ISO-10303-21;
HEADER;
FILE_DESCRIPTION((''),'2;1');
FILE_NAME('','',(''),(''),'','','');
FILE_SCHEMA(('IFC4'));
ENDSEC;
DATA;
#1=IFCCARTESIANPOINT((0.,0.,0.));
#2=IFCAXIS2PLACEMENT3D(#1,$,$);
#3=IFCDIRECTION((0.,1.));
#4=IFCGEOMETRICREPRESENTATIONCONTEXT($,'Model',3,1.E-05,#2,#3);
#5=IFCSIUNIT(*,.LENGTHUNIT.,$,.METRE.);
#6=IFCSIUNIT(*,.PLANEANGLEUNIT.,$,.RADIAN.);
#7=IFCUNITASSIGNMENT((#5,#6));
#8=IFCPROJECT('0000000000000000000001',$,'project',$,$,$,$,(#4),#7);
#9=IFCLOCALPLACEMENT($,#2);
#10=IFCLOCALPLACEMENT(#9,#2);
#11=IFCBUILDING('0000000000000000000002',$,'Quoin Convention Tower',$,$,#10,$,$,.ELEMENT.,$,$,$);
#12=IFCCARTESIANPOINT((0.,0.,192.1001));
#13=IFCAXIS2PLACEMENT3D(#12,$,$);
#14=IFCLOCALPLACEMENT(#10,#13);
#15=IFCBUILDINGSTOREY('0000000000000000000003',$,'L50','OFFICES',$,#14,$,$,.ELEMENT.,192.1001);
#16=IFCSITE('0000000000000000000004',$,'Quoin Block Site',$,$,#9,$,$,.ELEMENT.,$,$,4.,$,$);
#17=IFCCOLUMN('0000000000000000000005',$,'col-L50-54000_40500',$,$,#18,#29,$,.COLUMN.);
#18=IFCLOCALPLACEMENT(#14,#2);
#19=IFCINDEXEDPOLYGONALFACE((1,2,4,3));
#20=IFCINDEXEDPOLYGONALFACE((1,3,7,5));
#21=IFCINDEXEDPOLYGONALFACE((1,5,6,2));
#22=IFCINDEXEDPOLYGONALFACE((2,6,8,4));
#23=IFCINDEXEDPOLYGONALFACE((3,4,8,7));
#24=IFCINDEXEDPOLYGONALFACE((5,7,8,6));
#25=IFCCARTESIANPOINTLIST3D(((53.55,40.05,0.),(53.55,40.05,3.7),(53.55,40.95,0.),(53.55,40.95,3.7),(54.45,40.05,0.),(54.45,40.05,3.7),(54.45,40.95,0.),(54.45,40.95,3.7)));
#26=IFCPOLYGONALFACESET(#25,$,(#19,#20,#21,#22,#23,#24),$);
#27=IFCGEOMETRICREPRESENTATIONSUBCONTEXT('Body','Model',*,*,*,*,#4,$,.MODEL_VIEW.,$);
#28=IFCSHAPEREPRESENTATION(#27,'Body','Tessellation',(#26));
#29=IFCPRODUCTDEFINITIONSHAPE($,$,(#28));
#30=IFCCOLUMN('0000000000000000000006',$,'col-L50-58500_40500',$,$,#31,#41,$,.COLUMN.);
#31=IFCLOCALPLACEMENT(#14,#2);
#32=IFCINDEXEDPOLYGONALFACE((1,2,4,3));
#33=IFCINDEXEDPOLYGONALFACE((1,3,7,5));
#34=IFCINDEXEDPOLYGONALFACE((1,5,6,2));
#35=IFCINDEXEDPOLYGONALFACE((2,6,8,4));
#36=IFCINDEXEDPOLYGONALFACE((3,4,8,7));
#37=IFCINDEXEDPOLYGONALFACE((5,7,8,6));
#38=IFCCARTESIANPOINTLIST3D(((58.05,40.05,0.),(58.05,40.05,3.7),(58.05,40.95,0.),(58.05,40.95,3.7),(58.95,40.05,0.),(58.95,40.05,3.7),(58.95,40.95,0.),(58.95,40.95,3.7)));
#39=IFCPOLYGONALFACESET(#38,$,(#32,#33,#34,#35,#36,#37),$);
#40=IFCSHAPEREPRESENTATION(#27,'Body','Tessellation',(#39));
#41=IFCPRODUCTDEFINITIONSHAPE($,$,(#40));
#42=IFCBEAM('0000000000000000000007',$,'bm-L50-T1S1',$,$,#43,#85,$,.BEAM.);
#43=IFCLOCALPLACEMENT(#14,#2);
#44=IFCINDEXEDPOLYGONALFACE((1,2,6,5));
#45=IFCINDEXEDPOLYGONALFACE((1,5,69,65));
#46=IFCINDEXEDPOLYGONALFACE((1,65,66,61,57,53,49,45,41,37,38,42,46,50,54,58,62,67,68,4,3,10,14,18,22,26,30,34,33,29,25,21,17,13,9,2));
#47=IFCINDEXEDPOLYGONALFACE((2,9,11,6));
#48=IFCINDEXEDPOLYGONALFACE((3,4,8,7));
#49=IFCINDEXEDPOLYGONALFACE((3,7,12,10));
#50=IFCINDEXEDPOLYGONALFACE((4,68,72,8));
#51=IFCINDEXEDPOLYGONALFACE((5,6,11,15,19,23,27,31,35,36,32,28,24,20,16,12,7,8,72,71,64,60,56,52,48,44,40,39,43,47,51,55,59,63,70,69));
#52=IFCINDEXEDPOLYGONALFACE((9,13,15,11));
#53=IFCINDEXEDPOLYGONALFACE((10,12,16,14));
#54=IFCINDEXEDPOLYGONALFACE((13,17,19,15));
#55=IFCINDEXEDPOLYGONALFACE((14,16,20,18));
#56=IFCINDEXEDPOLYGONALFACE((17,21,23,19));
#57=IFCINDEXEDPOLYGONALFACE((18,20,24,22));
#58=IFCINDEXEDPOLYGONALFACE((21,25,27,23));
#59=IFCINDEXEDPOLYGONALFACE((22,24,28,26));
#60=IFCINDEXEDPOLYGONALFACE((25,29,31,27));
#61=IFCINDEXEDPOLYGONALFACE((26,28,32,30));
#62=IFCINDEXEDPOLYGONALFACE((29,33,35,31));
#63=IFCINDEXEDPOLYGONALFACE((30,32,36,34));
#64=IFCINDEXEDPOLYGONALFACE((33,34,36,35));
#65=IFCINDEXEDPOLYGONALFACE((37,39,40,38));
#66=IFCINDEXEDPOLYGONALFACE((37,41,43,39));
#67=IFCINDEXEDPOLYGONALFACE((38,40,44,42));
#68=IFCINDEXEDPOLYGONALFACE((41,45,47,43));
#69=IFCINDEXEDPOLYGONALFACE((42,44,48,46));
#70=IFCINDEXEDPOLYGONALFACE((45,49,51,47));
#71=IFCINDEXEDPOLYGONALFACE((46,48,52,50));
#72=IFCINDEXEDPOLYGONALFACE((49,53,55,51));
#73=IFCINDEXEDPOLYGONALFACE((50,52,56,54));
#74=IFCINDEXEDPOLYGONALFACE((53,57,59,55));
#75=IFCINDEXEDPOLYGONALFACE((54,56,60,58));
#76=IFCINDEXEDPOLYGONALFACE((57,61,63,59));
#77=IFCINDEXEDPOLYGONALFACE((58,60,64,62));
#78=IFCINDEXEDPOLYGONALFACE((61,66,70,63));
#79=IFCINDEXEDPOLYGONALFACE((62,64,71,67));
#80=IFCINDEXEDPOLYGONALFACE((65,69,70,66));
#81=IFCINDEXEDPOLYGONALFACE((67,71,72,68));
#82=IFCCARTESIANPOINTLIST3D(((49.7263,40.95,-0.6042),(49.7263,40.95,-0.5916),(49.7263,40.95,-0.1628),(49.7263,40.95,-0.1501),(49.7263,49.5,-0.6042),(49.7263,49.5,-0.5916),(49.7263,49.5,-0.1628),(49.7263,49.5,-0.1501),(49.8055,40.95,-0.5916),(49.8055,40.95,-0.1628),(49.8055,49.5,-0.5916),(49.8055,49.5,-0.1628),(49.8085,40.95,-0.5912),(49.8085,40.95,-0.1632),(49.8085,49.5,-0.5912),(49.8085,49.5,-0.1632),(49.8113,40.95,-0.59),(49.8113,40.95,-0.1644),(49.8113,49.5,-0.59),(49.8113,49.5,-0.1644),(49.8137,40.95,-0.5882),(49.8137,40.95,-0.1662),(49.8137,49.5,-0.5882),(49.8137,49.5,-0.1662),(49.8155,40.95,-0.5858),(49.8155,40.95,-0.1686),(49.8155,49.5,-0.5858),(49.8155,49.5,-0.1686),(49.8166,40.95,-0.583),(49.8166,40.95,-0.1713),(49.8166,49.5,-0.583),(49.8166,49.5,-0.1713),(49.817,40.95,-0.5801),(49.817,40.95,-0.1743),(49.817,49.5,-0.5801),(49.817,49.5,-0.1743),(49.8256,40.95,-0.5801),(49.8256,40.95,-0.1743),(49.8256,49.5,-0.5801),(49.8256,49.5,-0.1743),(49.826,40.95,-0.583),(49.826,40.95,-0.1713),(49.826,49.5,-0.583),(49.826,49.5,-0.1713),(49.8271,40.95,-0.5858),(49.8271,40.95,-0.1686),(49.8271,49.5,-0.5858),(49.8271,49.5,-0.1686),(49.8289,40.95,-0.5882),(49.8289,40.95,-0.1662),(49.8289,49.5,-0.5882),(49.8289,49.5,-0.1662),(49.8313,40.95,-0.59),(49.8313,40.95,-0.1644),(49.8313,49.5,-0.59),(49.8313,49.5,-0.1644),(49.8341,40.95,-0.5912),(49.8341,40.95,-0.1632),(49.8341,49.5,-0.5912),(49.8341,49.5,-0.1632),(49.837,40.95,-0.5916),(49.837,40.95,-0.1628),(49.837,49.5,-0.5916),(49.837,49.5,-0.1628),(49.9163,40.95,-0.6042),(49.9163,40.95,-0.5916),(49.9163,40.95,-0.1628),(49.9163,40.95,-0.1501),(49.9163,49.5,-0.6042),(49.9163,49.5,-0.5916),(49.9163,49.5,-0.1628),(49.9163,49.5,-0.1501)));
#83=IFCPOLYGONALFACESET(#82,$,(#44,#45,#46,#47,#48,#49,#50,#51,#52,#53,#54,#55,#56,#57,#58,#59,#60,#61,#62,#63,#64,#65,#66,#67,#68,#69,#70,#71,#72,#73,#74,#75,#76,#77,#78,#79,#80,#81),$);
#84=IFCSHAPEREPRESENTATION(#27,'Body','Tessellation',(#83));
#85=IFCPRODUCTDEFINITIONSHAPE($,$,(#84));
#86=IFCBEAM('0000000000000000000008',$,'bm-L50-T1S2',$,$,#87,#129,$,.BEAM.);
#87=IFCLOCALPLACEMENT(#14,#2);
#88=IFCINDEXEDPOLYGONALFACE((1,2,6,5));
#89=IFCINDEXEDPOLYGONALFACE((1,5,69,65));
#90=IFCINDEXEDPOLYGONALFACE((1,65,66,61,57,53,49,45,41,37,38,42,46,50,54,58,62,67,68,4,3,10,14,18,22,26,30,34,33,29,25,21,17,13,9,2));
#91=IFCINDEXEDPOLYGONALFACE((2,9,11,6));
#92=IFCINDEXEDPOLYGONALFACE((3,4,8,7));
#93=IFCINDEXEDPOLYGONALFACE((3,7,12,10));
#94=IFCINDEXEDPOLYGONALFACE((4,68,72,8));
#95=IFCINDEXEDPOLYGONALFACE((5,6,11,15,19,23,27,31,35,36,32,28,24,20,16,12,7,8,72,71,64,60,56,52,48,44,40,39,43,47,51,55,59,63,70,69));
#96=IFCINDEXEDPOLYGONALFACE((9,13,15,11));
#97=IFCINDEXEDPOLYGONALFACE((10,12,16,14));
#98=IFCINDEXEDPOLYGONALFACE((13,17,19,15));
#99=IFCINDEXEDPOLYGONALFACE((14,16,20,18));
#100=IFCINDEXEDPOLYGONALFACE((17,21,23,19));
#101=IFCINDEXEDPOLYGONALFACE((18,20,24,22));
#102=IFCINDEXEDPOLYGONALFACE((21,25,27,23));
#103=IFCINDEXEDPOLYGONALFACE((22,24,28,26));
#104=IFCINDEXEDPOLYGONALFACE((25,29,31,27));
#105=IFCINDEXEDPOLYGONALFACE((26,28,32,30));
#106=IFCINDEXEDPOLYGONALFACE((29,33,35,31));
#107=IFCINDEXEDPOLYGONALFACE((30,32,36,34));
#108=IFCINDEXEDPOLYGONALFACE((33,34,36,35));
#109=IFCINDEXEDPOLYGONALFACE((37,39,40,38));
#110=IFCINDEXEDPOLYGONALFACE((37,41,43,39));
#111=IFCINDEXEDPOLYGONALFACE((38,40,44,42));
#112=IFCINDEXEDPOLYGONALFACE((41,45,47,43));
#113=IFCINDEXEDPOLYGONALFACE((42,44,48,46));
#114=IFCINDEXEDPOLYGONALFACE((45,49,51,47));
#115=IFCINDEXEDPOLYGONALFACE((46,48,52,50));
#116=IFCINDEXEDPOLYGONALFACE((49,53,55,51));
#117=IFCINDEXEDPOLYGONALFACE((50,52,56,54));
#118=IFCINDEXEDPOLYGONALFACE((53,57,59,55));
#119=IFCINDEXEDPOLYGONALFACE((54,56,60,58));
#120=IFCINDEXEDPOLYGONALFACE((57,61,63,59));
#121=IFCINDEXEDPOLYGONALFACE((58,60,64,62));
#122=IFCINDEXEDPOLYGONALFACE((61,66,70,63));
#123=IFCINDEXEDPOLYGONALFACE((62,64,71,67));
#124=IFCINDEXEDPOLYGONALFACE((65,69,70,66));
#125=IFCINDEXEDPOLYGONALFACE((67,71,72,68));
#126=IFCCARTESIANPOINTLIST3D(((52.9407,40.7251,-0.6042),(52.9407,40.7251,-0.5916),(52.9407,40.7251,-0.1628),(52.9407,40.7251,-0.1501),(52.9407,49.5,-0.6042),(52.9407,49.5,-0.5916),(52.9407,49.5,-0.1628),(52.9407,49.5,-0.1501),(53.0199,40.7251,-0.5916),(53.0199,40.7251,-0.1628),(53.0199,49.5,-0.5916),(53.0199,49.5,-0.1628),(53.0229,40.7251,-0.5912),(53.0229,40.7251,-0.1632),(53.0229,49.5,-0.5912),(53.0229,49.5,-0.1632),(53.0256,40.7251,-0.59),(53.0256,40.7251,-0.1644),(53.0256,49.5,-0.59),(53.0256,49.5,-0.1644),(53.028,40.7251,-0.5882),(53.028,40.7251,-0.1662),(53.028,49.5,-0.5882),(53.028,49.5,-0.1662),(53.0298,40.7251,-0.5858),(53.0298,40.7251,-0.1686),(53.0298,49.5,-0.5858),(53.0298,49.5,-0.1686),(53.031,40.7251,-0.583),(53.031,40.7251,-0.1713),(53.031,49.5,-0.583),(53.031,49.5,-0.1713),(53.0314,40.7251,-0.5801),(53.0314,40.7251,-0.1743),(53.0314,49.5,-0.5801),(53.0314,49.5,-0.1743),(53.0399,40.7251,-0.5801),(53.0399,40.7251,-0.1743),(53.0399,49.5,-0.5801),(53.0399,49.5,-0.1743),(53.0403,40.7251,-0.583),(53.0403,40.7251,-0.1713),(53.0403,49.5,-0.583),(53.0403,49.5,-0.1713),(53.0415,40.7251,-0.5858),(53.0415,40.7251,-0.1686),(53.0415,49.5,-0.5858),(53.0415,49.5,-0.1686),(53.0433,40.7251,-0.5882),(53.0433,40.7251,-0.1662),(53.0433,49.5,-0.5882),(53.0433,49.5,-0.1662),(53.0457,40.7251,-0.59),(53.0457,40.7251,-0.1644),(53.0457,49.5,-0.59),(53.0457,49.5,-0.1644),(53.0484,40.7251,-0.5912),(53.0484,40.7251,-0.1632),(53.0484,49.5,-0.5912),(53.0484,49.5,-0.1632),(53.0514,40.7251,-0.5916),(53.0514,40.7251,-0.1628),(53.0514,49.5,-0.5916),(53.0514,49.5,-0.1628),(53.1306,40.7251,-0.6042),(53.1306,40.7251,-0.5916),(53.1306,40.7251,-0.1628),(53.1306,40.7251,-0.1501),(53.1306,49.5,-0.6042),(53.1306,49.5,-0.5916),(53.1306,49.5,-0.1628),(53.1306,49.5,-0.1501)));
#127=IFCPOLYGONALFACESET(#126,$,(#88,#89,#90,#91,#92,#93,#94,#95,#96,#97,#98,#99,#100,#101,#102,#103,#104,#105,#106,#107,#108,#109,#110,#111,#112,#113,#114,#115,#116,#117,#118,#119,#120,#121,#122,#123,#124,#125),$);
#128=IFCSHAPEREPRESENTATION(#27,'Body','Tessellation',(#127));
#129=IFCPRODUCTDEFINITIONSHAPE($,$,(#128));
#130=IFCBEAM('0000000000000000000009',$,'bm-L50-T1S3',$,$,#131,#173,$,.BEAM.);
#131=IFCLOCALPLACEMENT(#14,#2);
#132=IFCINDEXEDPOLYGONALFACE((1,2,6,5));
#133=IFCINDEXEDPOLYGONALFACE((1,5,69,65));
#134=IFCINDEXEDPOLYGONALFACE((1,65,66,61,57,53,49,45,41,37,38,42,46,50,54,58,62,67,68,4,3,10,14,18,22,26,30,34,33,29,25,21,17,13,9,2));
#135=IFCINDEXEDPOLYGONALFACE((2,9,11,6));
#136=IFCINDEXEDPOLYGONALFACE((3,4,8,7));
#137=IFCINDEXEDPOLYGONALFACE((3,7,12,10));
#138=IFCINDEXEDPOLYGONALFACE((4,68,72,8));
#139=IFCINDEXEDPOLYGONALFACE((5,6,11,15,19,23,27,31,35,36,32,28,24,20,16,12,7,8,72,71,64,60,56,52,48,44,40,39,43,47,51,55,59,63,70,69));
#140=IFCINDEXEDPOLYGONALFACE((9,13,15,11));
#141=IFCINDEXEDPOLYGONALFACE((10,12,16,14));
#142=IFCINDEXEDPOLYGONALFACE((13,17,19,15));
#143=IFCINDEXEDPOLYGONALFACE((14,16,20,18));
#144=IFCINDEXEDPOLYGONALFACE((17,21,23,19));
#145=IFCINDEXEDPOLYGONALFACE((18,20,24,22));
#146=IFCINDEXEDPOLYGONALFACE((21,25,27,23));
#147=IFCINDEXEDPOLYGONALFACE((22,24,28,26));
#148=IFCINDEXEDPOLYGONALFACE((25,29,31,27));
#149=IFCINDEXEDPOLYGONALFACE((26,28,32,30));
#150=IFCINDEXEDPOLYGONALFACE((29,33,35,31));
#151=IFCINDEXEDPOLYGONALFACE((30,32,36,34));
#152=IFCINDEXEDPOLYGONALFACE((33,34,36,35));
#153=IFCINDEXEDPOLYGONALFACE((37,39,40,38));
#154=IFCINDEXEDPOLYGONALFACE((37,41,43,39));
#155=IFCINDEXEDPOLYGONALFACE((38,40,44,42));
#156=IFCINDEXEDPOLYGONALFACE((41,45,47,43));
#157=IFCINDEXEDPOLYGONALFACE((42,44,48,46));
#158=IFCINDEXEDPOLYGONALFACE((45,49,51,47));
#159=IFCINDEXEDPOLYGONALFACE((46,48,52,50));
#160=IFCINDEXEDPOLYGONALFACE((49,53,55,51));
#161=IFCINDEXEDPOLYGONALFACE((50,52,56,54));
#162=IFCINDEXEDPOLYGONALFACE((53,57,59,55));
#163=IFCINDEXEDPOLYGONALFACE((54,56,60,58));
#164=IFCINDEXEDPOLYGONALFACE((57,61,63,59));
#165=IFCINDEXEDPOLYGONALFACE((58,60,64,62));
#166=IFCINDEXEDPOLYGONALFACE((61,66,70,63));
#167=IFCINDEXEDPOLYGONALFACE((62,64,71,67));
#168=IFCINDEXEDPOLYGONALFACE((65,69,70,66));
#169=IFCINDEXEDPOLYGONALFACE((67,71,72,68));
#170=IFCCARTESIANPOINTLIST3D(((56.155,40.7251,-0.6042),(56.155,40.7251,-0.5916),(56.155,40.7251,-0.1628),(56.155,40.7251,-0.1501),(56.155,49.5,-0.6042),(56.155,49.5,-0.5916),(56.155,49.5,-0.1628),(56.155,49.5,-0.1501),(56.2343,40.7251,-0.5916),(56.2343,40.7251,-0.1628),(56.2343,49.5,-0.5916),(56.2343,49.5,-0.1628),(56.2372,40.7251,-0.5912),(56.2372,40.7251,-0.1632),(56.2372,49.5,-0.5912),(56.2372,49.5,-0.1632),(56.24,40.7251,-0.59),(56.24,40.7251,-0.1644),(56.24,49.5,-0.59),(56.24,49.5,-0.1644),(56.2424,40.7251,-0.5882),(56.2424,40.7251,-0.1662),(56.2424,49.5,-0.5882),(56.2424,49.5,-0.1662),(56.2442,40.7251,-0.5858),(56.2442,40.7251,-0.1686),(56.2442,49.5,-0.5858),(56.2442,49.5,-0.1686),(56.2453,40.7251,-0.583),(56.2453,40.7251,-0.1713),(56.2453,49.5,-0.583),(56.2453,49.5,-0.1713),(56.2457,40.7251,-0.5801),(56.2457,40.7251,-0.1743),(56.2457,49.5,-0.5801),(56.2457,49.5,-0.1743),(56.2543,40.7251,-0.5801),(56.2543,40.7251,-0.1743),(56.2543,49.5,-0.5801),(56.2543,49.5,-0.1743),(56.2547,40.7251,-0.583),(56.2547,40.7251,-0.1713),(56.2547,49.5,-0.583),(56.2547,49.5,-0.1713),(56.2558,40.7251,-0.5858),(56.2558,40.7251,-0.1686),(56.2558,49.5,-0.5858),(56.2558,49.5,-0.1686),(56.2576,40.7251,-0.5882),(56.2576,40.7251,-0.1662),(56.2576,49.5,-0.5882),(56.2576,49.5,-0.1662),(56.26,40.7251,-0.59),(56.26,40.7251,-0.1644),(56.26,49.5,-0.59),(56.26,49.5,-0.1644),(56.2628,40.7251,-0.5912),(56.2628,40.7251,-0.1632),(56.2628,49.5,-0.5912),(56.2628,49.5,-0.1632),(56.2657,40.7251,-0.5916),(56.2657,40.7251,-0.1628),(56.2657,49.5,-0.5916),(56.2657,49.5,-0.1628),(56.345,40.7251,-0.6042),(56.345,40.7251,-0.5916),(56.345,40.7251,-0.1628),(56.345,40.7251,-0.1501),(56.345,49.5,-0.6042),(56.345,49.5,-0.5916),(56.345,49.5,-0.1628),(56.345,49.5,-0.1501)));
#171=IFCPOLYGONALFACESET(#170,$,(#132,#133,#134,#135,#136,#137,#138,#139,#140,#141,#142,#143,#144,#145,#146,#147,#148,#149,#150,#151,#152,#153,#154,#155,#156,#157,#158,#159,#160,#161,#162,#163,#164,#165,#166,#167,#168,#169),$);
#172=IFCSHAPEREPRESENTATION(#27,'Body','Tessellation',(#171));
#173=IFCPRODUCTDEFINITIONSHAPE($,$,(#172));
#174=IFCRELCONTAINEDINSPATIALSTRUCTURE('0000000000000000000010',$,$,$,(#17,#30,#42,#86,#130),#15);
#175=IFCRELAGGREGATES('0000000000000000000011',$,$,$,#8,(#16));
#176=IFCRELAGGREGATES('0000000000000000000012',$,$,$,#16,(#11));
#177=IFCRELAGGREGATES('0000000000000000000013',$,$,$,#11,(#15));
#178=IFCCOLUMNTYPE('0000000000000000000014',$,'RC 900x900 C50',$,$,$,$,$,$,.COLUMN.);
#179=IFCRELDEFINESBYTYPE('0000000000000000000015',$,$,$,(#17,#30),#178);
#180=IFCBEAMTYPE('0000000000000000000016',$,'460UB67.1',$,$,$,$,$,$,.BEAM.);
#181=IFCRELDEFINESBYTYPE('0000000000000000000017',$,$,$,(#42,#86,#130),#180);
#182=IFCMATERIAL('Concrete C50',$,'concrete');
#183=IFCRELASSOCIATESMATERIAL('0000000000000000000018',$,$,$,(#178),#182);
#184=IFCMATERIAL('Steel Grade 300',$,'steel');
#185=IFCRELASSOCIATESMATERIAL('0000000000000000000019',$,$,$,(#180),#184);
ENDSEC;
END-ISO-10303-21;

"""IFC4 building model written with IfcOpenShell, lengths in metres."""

from ifc_helpers import new_model, si_unit, direction, frame, origin, origin_2d, place, context, subcontext, project, spatial, rectangle, i_section, extrude, material, material_profile, profile_set, type_object, element, save


model = new_model("IFC4")

# Units and contexts
model_context = context("Model", 3, precision=1e-05, world=origin(), true_north=direction((0.0, 1.0)))
body_context = subcontext(model_context, "Body", "Model", "MODEL_VIEW")
ifc_project = project(units=[si_unit("LENGTHUNIT", "METRE"), si_unit("PLANEANGLEUNIT", "RADIAN")], contexts=[model_context])

# Site, building, storey
site_placement = place(None, origin())
site = spatial("IfcSite", under=ifc_project, at=site_placement, Name="Quoin Block Site", CompositionType="ELEMENT", RefElevation=4.0)
building_placement = place(site_placement, origin())
building = spatial("IfcBuilding", under=site, at=building_placement, Name="Quoin Convention Tower", CompositionType="ELEMENT")
storey_placement = place(building_placement, frame((0.0, 0.0, 192.1001)))
storey = spatial("IfcBuildingStorey", under=building, at=storey_placement, Name="L50", Description="OFFICES", CompositionType="ELEMENT", Elevation=192.1001)

# Columns
ifc_material_1 = material(Name="Concrete C50", Category="concrete")
ifc_material_profile_1 = material_profile(ifc_material_1, rectangle(XDim=0.8999, YDim=0.8999, at=origin_2d()), Name="RC 900x900")
ifc_profile_set_1 = profile_set([ifc_material_profile_1], Name="Concrete C50")
column_type = type_object("IfcColumnType", Name="RC 900x900 C50", PredefinedType="COLUMN", material=ifc_profile_set_1)
for number, where, z_axis, x_axis, name in (
    (1, (54.0, 40.5, 0.0), (0.0, 0.0, 1.0), (1.0, 0.0, 0.0), "col-L50-54000_40500"),
    (2, (58.5, 40.5, 0.0), (0.0, 0.0, 1.0), (1.0, 0.0, 0.0), "col-L50-58500_40500"),
):
    element("IfcColumn", number, at=place(storey_placement, frame(where, z_axis=z_axis, x_axis=x_axis)), inside=storey, type_object=column_type, Name=name, PredefinedType="COLUMN", context=body_context, shape_type="SweptSolid", body=[
        extrude(rectangle(XDim=0.8999, YDim=0.8999, at=origin_2d()), origin(), (0.0, 0.0, 1.0), 3.7),
    ])

# Beams
ifc_material_2 = material(Name="Steel Grade 300", Category="steel")
ifc_material_profile_2 = material_profile(ifc_material_2, i_section(OverallWidth=0.1899, OverallDepth=0.4541, WebThickness=0.0085, FlangeThickness=0.0127, FilletRadius=0.0115, at=origin_2d()), Name="460UB67.1")
ifc_profile_set_2 = profile_set([ifc_material_profile_2], Name="Steel Grade 300")
beam_type_1 = type_object("IfcBeamType", Name="460UB67.1", PredefinedType="BEAM", material=ifc_profile_set_2)
beam_1_placement = place(storey_placement, frame((49.8213, 40.95, -0.3772), z_axis=(0.0, 1.0, 0.0), x_axis=(-1.0, 0.0, 0.0)))
element("IfcBeam", 3, at=beam_1_placement, inside=storey, type_object=beam_type_1, Name="bm-L50-T1S1", PredefinedType="BEAM", context=body_context, shape_type="SweptSolid", body=[
    extrude(i_section(OverallWidth=0.1899, OverallDepth=0.4541, WebThickness=0.0085, FlangeThickness=0.0127, FilletRadius=0.0115, at=origin_2d()), origin(), (0.0, 0.0, 1.0), 8.55),
])
for number, where, z_axis, x_axis, name in (
    (4, (53.0356, 40.7251, -0.3772), (0.0, 1.0, 0.0), (-1.0, 0.0, 0.0), "bm-L50-T1S2"),
    (5, (56.25, 40.7251, -0.3772), (0.0, 1.0, 0.0), (-1.0, 0.0, 0.0), "bm-L50-T1S3"),
):
    element("IfcBeam", number, at=place(storey_placement, frame(where, z_axis=z_axis, x_axis=x_axis)), inside=storey, type_object=beam_type_1, Name=name, PredefinedType="BEAM", context=body_context, shape_type="SweptSolid", body=[
        extrude(i_section(OverallWidth=0.1899, OverallDepth=0.4541, WebThickness=0.0085, FlangeThickness=0.0127, FilletRadius=0.0115, at=origin_2d()), origin(), (0.0, 0.0, 1.0), 8.7749),
    ])

save(model, "model.ifc")
